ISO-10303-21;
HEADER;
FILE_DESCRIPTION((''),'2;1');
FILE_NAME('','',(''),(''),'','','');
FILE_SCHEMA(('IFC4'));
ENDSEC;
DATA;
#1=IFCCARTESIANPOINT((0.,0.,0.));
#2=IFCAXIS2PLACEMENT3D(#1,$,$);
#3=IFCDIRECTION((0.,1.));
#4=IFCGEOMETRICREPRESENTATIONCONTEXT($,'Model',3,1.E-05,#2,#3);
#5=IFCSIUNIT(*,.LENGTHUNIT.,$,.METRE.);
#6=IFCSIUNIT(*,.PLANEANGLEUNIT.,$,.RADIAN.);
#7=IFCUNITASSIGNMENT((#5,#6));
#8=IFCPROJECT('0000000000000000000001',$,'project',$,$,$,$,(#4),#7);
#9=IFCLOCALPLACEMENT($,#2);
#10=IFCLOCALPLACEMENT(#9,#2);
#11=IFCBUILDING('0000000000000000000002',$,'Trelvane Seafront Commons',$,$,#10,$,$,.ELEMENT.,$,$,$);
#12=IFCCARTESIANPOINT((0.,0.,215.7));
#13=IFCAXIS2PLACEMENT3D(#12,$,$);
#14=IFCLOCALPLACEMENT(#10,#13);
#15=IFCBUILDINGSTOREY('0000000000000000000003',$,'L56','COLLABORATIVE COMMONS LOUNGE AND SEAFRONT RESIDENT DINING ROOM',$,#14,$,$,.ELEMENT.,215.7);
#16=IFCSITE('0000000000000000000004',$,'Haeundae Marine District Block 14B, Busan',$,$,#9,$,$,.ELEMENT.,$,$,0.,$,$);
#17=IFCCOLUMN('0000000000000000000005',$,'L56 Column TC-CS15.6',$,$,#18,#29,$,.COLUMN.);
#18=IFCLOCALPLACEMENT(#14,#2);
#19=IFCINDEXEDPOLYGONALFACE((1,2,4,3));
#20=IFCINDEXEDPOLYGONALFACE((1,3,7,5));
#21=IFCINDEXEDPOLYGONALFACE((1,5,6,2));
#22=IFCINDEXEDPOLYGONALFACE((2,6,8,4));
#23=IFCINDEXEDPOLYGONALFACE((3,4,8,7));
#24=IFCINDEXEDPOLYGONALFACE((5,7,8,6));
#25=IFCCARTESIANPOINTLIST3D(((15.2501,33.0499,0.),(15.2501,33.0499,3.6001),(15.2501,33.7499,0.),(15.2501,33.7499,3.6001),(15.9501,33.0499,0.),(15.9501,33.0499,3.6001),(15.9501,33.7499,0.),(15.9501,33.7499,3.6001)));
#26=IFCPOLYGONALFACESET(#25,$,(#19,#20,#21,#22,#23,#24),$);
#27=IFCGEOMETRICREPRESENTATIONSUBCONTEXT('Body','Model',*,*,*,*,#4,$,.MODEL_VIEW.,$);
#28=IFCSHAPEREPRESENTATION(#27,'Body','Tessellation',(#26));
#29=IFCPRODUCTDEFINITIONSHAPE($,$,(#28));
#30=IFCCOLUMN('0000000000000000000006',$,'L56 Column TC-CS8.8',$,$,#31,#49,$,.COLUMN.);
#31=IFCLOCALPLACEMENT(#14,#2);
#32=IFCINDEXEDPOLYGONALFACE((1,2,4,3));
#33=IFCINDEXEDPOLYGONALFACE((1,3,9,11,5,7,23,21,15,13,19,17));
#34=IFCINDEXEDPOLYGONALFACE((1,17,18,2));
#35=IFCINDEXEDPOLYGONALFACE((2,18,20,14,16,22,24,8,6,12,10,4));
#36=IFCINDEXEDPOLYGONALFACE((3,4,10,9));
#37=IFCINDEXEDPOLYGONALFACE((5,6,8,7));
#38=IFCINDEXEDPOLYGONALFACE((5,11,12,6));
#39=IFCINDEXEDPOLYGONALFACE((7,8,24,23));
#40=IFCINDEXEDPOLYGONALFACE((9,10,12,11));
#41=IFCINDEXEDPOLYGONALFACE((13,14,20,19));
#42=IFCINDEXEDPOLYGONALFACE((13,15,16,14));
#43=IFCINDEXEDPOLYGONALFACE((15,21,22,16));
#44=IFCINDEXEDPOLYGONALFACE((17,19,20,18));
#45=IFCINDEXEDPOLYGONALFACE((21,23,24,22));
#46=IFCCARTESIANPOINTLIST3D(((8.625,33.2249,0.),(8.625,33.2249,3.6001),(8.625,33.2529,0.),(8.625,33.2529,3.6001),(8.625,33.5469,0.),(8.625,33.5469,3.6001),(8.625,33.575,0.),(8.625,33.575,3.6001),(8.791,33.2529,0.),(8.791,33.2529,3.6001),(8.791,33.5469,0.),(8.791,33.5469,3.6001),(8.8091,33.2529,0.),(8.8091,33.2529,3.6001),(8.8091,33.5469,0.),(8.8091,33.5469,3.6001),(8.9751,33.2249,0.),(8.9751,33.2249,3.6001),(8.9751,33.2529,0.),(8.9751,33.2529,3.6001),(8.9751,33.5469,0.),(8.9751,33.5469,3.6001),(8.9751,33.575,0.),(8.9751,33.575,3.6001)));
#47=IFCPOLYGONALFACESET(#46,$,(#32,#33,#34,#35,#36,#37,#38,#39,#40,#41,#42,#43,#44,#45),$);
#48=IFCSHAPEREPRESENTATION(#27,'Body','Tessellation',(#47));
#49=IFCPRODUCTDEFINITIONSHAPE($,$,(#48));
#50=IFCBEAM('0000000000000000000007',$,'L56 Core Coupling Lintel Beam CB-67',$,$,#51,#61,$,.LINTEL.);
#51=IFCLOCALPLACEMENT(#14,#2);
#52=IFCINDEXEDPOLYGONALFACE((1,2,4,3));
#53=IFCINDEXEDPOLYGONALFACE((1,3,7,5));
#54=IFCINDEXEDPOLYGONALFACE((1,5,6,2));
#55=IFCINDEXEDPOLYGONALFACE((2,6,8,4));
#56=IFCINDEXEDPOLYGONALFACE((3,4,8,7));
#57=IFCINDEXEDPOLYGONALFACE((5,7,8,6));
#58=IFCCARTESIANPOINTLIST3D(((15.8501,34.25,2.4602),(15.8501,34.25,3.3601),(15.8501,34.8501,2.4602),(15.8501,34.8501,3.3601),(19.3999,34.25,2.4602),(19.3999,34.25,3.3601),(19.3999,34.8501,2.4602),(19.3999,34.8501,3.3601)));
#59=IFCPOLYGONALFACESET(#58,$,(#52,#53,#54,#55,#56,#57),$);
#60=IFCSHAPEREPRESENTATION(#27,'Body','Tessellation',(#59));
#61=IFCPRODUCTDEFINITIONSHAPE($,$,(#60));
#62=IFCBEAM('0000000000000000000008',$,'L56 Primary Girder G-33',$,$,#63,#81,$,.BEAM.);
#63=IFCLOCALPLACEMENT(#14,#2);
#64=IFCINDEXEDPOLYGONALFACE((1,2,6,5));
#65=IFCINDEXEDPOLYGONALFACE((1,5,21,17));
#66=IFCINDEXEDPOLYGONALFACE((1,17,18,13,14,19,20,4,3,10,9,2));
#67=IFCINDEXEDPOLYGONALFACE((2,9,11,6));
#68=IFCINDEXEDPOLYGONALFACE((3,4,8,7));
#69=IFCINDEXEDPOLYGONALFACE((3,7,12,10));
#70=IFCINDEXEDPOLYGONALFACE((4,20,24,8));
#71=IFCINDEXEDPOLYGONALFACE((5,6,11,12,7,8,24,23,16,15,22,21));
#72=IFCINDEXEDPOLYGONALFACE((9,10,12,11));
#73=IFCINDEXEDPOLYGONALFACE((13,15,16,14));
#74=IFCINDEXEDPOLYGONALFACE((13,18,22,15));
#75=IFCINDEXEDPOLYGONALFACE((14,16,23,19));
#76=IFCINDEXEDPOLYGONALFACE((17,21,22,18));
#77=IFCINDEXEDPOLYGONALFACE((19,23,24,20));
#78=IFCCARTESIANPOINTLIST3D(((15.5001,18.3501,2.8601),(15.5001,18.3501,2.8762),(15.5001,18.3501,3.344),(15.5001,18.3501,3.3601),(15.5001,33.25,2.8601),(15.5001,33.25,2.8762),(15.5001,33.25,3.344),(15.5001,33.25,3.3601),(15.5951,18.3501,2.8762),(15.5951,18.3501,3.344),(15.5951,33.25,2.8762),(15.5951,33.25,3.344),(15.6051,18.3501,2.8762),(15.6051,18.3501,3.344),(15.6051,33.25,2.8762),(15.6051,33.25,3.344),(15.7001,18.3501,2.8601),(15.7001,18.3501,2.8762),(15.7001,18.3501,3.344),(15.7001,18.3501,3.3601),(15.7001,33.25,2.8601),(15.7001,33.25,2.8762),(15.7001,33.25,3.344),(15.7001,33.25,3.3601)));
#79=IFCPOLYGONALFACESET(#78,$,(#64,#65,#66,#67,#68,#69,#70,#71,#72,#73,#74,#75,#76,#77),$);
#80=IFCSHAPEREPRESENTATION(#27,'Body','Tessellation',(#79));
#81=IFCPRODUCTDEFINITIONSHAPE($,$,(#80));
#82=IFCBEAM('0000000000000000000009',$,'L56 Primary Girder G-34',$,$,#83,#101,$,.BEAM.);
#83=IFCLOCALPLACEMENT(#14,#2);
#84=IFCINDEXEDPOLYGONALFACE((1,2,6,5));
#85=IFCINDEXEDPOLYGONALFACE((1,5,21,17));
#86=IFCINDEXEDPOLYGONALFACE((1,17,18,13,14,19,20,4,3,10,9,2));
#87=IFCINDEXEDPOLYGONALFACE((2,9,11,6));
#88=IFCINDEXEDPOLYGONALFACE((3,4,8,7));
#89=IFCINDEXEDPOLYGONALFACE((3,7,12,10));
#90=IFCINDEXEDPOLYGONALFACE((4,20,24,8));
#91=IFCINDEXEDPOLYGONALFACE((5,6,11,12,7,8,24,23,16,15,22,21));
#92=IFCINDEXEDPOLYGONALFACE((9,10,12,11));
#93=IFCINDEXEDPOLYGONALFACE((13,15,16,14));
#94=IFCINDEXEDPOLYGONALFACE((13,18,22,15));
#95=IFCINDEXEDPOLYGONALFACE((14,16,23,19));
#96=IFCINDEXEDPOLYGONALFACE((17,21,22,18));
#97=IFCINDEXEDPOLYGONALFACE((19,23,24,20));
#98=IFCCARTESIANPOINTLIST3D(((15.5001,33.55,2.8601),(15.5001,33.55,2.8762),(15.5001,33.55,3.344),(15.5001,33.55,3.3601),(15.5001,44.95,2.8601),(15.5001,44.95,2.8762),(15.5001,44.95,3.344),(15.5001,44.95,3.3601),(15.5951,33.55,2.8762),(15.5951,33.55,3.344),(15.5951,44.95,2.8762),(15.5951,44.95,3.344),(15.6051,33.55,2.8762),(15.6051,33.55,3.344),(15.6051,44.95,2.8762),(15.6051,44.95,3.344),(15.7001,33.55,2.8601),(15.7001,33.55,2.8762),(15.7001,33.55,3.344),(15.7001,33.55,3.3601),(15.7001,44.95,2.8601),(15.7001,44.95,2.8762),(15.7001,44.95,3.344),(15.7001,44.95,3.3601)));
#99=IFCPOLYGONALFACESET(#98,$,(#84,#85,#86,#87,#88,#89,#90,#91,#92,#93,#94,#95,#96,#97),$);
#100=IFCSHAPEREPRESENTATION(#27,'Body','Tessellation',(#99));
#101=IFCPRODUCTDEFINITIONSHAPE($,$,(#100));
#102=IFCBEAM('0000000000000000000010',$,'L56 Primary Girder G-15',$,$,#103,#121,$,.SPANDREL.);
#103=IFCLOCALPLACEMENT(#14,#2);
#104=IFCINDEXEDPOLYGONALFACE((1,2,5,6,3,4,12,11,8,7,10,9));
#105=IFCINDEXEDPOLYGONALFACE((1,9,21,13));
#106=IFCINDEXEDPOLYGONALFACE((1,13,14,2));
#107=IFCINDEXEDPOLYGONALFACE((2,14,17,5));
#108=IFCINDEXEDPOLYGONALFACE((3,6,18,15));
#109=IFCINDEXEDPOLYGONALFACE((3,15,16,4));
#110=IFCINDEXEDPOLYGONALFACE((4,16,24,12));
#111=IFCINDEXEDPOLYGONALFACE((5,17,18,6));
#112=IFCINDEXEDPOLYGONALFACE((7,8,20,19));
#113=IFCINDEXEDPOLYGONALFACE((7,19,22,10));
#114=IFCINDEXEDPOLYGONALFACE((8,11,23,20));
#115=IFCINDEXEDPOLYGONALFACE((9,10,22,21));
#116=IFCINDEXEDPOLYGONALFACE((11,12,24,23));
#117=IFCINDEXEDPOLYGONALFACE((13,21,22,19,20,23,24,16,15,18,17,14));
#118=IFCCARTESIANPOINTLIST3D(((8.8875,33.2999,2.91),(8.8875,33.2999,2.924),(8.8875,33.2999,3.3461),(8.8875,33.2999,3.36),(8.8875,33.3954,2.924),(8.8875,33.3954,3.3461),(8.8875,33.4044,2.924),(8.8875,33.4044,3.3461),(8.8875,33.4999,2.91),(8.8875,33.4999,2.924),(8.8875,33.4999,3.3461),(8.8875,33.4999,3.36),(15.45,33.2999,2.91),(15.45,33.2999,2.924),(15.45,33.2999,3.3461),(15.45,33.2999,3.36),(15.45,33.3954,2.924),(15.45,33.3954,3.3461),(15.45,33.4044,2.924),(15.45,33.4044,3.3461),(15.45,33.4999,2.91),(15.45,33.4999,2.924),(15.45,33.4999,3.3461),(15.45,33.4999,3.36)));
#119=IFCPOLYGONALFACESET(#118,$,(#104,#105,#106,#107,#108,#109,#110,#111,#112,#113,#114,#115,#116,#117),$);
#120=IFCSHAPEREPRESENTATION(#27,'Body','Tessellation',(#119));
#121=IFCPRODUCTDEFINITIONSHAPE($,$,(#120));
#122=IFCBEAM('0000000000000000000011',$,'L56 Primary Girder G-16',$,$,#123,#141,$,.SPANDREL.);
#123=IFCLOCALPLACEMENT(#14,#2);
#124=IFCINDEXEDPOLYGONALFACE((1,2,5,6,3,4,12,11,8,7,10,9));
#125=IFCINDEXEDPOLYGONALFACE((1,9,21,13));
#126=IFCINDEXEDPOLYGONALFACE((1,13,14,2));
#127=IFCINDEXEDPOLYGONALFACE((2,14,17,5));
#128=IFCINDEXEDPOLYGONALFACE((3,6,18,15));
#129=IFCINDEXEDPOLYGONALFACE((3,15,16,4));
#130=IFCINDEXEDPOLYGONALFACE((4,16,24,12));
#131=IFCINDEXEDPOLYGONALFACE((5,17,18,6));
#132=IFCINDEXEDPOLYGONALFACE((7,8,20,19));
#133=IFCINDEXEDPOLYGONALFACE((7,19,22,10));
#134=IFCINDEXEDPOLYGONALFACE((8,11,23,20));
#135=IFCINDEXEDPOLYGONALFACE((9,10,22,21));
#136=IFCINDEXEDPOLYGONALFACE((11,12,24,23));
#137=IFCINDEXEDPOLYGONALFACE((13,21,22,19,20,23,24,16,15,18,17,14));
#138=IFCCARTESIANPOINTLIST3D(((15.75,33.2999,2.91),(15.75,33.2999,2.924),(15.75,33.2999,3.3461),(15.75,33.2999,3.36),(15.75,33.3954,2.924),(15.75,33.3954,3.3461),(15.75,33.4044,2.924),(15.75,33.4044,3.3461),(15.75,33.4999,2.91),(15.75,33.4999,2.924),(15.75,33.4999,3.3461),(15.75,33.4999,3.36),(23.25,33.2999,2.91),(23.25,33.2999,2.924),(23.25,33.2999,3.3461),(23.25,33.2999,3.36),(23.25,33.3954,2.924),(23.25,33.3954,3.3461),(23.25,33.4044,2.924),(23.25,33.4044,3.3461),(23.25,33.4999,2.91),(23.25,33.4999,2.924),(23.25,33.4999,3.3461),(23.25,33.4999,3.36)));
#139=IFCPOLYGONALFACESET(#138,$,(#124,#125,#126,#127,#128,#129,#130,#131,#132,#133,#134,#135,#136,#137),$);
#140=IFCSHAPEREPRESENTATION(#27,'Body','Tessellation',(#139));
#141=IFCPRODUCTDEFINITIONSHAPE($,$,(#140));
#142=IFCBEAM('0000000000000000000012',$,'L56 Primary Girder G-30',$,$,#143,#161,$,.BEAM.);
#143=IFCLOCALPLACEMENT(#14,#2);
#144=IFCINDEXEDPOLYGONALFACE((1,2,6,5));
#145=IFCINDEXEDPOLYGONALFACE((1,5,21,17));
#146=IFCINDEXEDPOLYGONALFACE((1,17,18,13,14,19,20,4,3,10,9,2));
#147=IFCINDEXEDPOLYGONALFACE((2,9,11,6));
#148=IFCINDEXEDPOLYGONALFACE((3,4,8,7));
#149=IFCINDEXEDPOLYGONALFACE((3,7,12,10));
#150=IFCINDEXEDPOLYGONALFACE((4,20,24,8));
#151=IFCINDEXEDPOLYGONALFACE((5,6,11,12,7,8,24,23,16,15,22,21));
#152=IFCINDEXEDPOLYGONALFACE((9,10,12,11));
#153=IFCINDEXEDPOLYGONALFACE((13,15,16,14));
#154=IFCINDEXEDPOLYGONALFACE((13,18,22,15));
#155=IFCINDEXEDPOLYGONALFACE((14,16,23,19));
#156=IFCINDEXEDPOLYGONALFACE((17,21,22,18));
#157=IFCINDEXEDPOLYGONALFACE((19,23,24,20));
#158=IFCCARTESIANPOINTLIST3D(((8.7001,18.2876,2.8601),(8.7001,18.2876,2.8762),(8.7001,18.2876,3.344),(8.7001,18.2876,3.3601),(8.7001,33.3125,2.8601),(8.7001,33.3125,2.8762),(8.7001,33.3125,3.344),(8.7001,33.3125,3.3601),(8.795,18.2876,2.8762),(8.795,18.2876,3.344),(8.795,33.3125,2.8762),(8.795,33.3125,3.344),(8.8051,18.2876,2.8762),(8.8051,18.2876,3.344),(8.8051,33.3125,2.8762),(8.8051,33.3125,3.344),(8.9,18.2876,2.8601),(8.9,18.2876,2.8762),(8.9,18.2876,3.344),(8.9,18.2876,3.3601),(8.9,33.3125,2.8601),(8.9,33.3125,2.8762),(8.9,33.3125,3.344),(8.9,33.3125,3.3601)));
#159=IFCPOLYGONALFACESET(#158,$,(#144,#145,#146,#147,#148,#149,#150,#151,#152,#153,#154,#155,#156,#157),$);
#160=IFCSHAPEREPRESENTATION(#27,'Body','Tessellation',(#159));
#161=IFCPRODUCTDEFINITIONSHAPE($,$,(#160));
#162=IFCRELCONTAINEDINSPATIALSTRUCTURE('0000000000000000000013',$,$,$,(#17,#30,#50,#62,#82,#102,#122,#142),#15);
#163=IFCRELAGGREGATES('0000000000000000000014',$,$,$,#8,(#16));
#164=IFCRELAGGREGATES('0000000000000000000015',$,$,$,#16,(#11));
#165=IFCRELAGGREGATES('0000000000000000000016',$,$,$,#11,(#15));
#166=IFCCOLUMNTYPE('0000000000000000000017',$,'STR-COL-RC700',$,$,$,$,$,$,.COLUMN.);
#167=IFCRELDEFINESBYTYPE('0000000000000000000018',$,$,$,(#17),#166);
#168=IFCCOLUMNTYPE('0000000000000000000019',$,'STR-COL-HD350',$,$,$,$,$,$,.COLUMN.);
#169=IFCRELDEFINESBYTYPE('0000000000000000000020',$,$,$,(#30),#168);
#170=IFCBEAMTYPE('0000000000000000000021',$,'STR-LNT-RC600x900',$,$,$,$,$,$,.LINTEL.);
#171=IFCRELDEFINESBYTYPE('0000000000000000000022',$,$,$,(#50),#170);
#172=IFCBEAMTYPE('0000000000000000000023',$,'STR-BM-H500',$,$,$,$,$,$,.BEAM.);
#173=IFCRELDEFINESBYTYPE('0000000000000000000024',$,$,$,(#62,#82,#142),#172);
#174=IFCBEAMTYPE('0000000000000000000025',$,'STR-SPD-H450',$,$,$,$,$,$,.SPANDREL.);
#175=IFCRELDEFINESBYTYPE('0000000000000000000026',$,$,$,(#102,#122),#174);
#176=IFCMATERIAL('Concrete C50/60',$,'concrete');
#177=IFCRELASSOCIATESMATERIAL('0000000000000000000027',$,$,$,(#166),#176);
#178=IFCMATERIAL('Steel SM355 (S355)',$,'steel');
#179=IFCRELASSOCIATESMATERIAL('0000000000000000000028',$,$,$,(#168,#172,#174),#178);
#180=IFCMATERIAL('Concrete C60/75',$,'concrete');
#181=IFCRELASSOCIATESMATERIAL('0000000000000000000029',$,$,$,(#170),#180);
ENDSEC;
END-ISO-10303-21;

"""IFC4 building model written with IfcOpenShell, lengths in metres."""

from ifc_helpers import new_model, si_unit, direction, frame, origin, origin_2d, place, context, subcontext, project, spatial, rectangle, i_section, extrude, source, transform, mapped, material, material_profile, profile_set, type_object, element, save


model = new_model("IFC4")

# Units and contexts
model_context = context("Model", 3, precision=1e-05, world=origin(), true_north=direction((0.0, 1.0)))
body_context = subcontext(model_context, "Body", "Model", "MODEL_VIEW")
ifc_project = project(units=[si_unit("LENGTHUNIT", "METRE"), si_unit("PLANEANGLEUNIT", "RADIAN")], contexts=[model_context])

# Site, building, storey
site_placement = place(None, origin())
site = spatial("IfcSite", under=ifc_project, at=site_placement, Name="Haeundae Marine District Block 14B, Busan", CompositionType="ELEMENT", RefElevation=0.0)
building_placement = place(site_placement, origin())
building = spatial("IfcBuilding", under=site, at=building_placement, Name="Trelvane Seafront Commons", CompositionType="ELEMENT")
storey_placement = place(building_placement, frame((0.0, 0.0, 215.7)))
storey = spatial("IfcBuildingStorey", under=building, at=storey_placement, Name="L56", Description="COLLABORATIVE COMMONS LOUNGE AND SEAFRONT RESIDENT DINING ROOM", CompositionType="ELEMENT", Elevation=215.7)

# Columns
ifc_material_1 = material(Name="Concrete C50/60", Category="concrete")
ifc_material_profile_1 = material_profile(ifc_material_1, rectangle(XDim=0.7, YDim=0.7, at=origin_2d()), Name="RC-700x700")
ifc_profile_set_1 = profile_set([ifc_material_profile_1], Name="Concrete C50/60")
column_type_1 = type_object("IfcColumnType", Name="STR-COL-RC700", PredefinedType="COLUMN", material=ifc_profile_set_1)
shared_shape_1 = source(origin(), body_context, "Body", "SweptSolid", [
    extrude(rectangle(XDim=0.7, YDim=0.7, at=origin_2d()), origin(), (0.0, 0.0, 1.0), 3.6001),
])
column_1_placement = place(storey_placement, frame((15.6001, 33.3999, 0.0), z_axis=(0.0, 0.0, 1.0), x_axis=(1.0, 0.0, 0.0)))
element("IfcColumn", 1, at=column_1_placement, inside=storey, type_object=column_type_1, Name="L56 Column TC-CS15.6", PredefinedType="COLUMN", context=body_context, shape_type="MappedRepresentation", body=[
    mapped(shared_shape_1, transform((0.0, 0.0, 0.0), x_axis=(1.0, 0.0, 0.0), y_axis=(0.0, 1.0, 0.0), z_axis=(0.0, 0.0, 1.0), scale=1.0)),
])
ifc_material_2 = material(Name="Steel SM355 (S355)", Category="steel")
ifc_material_profile_2 = material_profile(ifc_material_2, i_section(OverallWidth=0.3501, OverallDepth=0.3501, WebThickness=0.0181, FlangeThickness=0.0281, at=origin_2d()), Name="HD-350x350x18x28")
ifc_profile_set_2 = profile_set([ifc_material_profile_2], Name="Steel SM355 (S355)")
column_type_2 = type_object("IfcColumnType", Name="STR-COL-HD350", PredefinedType="COLUMN", material=ifc_profile_set_2)
shared_shape_2 = source(origin(), body_context, "Body", "SweptSolid", [
    extrude(i_section(OverallWidth=0.3501, OverallDepth=0.3501, WebThickness=0.0181, FlangeThickness=0.0281, at=origin_2d()), origin(), (0.0, 0.0, 1.0), 3.6001),
])
column_2_placement = place(storey_placement, frame((8.8, 33.3999, 0.0), z_axis=(0.0, 0.0, 1.0), x_axis=(1.0, 0.0, 0.0)))
element("IfcColumn", 2, at=column_2_placement, inside=storey, type_object=column_type_2, Name="L56 Column TC-CS8.8", PredefinedType="COLUMN", context=body_context, shape_type="MappedRepresentation", body=[
    mapped(shared_shape_2, transform((0.0, 0.0, 0.0), x_axis=(1.0, 0.0, 0.0), y_axis=(0.0, 1.0, 0.0), z_axis=(0.0, 0.0, 1.0), scale=1.0)),
])

# Beams
ifc_material_3 = material(Name="Concrete C60/75", Category="concrete")
ifc_material_profile_3 = material_profile(ifc_material_3, rectangle(XDim=0.6001, YDim=0.8999, at=origin_2d()), Name="RC-600x900")
ifc_profile_set_3 = profile_set([ifc_material_profile_3], Name="Concrete C60/75")
beam_type_1 = type_object("IfcBeamType", Name="STR-LNT-RC600x900", PredefinedType="LINTEL", material=ifc_profile_set_3)
shared_shape_3 = source(origin(), body_context, "Body", "SweptSolid", [
    extrude(rectangle(XDim=0.6001, YDim=0.8999, at=origin_2d()), origin(), (0.0, 0.0, 1.0), 3.5498),
])
beam_1_placement = place(storey_placement, frame((15.8501, 34.55, 2.9102), z_axis=(1.0, 0.0, 0.0), x_axis=(0.0, 1.0, 0.0)))
element("IfcBeam", 3, at=beam_1_placement, inside=storey, type_object=beam_type_1, Name="L56 Core Coupling Lintel Beam CB-67", PredefinedType="LINTEL", context=body_context, shape_type="MappedRepresentation", body=[
    mapped(shared_shape_3, transform((0.0, 0.0, 0.0), x_axis=(1.0, 0.0, 0.0), y_axis=(0.0, 1.0, 0.0), z_axis=(0.0, 0.0, 1.0), scale=1.0)),
])
ifc_material_profile_4 = material_profile(ifc_material_2, i_section(OverallWidth=0.2, OverallDepth=0.5, WebThickness=0.01, FlangeThickness=0.0161, at=origin_2d()), Name="H-500x200x10x16")
ifc_profile_set_4 = profile_set([ifc_material_profile_4], Name="Steel SM355 (S355)")
beam_type_2 = type_object("IfcBeamType", Name="STR-BM-H500", PredefinedType="BEAM", material=ifc_profile_set_4)
shared_shape_4 = source(origin(), body_context, "Body", "SweptSolid", [
    extrude(i_section(OverallWidth=0.2, OverallDepth=0.5, WebThickness=0.01, FlangeThickness=0.0161, at=origin_2d()), origin(), (0.0, 0.0, 1.0), 14.8999),
])
beam_2_placement = place(storey_placement, frame((15.6001, 18.3501, 3.1101), z_axis=(0.0, 1.0, 0.0), x_axis=(-1.0, 0.0, 0.0)))
element("IfcBeam", 4, at=beam_2_placement, inside=storey, type_object=beam_type_2, Name="L56 Primary Girder G-33", PredefinedType="BEAM", context=body_context, shape_type="MappedRepresentation", body=[
    mapped(shared_shape_4, transform((0.0, 0.0, 0.0), x_axis=(1.0, 0.0, 0.0), y_axis=(0.0, 1.0, 0.0), z_axis=(0.0, 0.0, 1.0), scale=1.0)),
])
shared_shape_5 = source(origin(), body_context, "Body", "SweptSolid", [
    extrude(i_section(OverallWidth=0.2, OverallDepth=0.5, WebThickness=0.01, FlangeThickness=0.0161, at=origin_2d()), origin(), (0.0, 0.0, 1.0), 11.3999),
])
beam_3_placement = place(storey_placement, frame((15.6001, 33.55, 3.1101), z_axis=(0.0, 1.0, 0.0), x_axis=(-1.0, 0.0, 0.0)))
element("IfcBeam", 5, at=beam_3_placement, inside=storey, type_object=beam_type_2, Name="L56 Primary Girder G-34", PredefinedType="BEAM", context=body_context, shape_type="MappedRepresentation", body=[
    mapped(shared_shape_5, transform((0.0, 0.0, 0.0), x_axis=(1.0, 0.0, 0.0), y_axis=(0.0, 1.0, 0.0), z_axis=(0.0, 0.0, 1.0), scale=1.0)),
])
ifc_material_profile_5 = material_profile(ifc_material_2, i_section(OverallWidth=0.2, OverallDepth=0.45, WebThickness=0.009, FlangeThickness=0.0139, at=origin_2d()), Name="H-450x200x9x14")
ifc_profile_set_5 = profile_set([ifc_material_profile_5], Name="Steel SM355 (S355)")
beam_type_3 = type_object("IfcBeamType", Name="STR-SPD-H450", PredefinedType="SPANDREL", material=ifc_profile_set_5)
shared_shape_6 = source(origin(), body_context, "Body", "SweptSolid", [
    extrude(i_section(OverallWidth=0.2, OverallDepth=0.45, WebThickness=0.009, FlangeThickness=0.0139, at=origin_2d()), origin(), (0.0, 0.0, 1.0), 6.5625),
])
beam_4_placement = place(storey_placement, frame((8.8875, 33.3999, 3.135), z_axis=(1.0, 0.0, 0.0), x_axis=(0.0, 1.0, 0.0)))
element("IfcBeam", 6, at=beam_4_placement, inside=storey, type_object=beam_type_3, Name="L56 Primary Girder G-15", PredefinedType="SPANDREL", context=body_context, shape_type="MappedRepresentation", body=[
    mapped(shared_shape_6, transform((0.0, 0.0, 0.0), x_axis=(1.0, 0.0, 0.0), y_axis=(0.0, 1.0, 0.0), z_axis=(0.0, 0.0, 1.0), scale=1.0)),
])
shared_shape_7 = source(origin(), body_context, "Body", "SweptSolid", [
    extrude(i_section(OverallWidth=0.2, OverallDepth=0.45, WebThickness=0.009, FlangeThickness=0.0139, at=origin_2d()), origin(), (0.0, 0.0, 1.0), 7.5),
])
beam_5_placement = place(storey_placement, frame((15.75, 33.3999, 3.135), z_axis=(1.0, 0.0, 0.0), x_axis=(0.0, 1.0, 0.0)))
element("IfcBeam", 7, at=beam_5_placement, inside=storey, type_object=beam_type_3, Name="L56 Primary Girder G-16", PredefinedType="SPANDREL", context=body_context, shape_type="MappedRepresentation", body=[
    mapped(shared_shape_7, transform((0.0, 0.0, 0.0), x_axis=(1.0, 0.0, 0.0), y_axis=(0.0, 1.0, 0.0), z_axis=(0.0, 0.0, 1.0), scale=1.0)),
])
shared_shape_8 = source(origin(), body_context, "Body", "SweptSolid", [
    extrude(i_section(OverallWidth=0.2, OverallDepth=0.5, WebThickness=0.01, FlangeThickness=0.0161, at=origin_2d()), origin(), (0.0, 0.0, 1.0), 15.0249),
])
beam_6_placement = place(storey_placement, frame((8.8, 18.2876, 3.1101), z_axis=(0.0, 1.0, 0.0), x_axis=(-1.0, 0.0, 0.0)))
element("IfcBeam", 8, at=beam_6_placement, inside=storey, type_object=beam_type_2, Name="L56 Primary Girder G-30", PredefinedType="BEAM", context=body_context, shape_type="MappedRepresentation", body=[
    mapped(shared_shape_8, transform((0.0, 0.0, 0.0), x_axis=(1.0, 0.0, 0.0), y_axis=(0.0, 1.0, 0.0), z_axis=(0.0, 0.0, 1.0), scale=1.0)),
])

save(model, "model.ifc")
